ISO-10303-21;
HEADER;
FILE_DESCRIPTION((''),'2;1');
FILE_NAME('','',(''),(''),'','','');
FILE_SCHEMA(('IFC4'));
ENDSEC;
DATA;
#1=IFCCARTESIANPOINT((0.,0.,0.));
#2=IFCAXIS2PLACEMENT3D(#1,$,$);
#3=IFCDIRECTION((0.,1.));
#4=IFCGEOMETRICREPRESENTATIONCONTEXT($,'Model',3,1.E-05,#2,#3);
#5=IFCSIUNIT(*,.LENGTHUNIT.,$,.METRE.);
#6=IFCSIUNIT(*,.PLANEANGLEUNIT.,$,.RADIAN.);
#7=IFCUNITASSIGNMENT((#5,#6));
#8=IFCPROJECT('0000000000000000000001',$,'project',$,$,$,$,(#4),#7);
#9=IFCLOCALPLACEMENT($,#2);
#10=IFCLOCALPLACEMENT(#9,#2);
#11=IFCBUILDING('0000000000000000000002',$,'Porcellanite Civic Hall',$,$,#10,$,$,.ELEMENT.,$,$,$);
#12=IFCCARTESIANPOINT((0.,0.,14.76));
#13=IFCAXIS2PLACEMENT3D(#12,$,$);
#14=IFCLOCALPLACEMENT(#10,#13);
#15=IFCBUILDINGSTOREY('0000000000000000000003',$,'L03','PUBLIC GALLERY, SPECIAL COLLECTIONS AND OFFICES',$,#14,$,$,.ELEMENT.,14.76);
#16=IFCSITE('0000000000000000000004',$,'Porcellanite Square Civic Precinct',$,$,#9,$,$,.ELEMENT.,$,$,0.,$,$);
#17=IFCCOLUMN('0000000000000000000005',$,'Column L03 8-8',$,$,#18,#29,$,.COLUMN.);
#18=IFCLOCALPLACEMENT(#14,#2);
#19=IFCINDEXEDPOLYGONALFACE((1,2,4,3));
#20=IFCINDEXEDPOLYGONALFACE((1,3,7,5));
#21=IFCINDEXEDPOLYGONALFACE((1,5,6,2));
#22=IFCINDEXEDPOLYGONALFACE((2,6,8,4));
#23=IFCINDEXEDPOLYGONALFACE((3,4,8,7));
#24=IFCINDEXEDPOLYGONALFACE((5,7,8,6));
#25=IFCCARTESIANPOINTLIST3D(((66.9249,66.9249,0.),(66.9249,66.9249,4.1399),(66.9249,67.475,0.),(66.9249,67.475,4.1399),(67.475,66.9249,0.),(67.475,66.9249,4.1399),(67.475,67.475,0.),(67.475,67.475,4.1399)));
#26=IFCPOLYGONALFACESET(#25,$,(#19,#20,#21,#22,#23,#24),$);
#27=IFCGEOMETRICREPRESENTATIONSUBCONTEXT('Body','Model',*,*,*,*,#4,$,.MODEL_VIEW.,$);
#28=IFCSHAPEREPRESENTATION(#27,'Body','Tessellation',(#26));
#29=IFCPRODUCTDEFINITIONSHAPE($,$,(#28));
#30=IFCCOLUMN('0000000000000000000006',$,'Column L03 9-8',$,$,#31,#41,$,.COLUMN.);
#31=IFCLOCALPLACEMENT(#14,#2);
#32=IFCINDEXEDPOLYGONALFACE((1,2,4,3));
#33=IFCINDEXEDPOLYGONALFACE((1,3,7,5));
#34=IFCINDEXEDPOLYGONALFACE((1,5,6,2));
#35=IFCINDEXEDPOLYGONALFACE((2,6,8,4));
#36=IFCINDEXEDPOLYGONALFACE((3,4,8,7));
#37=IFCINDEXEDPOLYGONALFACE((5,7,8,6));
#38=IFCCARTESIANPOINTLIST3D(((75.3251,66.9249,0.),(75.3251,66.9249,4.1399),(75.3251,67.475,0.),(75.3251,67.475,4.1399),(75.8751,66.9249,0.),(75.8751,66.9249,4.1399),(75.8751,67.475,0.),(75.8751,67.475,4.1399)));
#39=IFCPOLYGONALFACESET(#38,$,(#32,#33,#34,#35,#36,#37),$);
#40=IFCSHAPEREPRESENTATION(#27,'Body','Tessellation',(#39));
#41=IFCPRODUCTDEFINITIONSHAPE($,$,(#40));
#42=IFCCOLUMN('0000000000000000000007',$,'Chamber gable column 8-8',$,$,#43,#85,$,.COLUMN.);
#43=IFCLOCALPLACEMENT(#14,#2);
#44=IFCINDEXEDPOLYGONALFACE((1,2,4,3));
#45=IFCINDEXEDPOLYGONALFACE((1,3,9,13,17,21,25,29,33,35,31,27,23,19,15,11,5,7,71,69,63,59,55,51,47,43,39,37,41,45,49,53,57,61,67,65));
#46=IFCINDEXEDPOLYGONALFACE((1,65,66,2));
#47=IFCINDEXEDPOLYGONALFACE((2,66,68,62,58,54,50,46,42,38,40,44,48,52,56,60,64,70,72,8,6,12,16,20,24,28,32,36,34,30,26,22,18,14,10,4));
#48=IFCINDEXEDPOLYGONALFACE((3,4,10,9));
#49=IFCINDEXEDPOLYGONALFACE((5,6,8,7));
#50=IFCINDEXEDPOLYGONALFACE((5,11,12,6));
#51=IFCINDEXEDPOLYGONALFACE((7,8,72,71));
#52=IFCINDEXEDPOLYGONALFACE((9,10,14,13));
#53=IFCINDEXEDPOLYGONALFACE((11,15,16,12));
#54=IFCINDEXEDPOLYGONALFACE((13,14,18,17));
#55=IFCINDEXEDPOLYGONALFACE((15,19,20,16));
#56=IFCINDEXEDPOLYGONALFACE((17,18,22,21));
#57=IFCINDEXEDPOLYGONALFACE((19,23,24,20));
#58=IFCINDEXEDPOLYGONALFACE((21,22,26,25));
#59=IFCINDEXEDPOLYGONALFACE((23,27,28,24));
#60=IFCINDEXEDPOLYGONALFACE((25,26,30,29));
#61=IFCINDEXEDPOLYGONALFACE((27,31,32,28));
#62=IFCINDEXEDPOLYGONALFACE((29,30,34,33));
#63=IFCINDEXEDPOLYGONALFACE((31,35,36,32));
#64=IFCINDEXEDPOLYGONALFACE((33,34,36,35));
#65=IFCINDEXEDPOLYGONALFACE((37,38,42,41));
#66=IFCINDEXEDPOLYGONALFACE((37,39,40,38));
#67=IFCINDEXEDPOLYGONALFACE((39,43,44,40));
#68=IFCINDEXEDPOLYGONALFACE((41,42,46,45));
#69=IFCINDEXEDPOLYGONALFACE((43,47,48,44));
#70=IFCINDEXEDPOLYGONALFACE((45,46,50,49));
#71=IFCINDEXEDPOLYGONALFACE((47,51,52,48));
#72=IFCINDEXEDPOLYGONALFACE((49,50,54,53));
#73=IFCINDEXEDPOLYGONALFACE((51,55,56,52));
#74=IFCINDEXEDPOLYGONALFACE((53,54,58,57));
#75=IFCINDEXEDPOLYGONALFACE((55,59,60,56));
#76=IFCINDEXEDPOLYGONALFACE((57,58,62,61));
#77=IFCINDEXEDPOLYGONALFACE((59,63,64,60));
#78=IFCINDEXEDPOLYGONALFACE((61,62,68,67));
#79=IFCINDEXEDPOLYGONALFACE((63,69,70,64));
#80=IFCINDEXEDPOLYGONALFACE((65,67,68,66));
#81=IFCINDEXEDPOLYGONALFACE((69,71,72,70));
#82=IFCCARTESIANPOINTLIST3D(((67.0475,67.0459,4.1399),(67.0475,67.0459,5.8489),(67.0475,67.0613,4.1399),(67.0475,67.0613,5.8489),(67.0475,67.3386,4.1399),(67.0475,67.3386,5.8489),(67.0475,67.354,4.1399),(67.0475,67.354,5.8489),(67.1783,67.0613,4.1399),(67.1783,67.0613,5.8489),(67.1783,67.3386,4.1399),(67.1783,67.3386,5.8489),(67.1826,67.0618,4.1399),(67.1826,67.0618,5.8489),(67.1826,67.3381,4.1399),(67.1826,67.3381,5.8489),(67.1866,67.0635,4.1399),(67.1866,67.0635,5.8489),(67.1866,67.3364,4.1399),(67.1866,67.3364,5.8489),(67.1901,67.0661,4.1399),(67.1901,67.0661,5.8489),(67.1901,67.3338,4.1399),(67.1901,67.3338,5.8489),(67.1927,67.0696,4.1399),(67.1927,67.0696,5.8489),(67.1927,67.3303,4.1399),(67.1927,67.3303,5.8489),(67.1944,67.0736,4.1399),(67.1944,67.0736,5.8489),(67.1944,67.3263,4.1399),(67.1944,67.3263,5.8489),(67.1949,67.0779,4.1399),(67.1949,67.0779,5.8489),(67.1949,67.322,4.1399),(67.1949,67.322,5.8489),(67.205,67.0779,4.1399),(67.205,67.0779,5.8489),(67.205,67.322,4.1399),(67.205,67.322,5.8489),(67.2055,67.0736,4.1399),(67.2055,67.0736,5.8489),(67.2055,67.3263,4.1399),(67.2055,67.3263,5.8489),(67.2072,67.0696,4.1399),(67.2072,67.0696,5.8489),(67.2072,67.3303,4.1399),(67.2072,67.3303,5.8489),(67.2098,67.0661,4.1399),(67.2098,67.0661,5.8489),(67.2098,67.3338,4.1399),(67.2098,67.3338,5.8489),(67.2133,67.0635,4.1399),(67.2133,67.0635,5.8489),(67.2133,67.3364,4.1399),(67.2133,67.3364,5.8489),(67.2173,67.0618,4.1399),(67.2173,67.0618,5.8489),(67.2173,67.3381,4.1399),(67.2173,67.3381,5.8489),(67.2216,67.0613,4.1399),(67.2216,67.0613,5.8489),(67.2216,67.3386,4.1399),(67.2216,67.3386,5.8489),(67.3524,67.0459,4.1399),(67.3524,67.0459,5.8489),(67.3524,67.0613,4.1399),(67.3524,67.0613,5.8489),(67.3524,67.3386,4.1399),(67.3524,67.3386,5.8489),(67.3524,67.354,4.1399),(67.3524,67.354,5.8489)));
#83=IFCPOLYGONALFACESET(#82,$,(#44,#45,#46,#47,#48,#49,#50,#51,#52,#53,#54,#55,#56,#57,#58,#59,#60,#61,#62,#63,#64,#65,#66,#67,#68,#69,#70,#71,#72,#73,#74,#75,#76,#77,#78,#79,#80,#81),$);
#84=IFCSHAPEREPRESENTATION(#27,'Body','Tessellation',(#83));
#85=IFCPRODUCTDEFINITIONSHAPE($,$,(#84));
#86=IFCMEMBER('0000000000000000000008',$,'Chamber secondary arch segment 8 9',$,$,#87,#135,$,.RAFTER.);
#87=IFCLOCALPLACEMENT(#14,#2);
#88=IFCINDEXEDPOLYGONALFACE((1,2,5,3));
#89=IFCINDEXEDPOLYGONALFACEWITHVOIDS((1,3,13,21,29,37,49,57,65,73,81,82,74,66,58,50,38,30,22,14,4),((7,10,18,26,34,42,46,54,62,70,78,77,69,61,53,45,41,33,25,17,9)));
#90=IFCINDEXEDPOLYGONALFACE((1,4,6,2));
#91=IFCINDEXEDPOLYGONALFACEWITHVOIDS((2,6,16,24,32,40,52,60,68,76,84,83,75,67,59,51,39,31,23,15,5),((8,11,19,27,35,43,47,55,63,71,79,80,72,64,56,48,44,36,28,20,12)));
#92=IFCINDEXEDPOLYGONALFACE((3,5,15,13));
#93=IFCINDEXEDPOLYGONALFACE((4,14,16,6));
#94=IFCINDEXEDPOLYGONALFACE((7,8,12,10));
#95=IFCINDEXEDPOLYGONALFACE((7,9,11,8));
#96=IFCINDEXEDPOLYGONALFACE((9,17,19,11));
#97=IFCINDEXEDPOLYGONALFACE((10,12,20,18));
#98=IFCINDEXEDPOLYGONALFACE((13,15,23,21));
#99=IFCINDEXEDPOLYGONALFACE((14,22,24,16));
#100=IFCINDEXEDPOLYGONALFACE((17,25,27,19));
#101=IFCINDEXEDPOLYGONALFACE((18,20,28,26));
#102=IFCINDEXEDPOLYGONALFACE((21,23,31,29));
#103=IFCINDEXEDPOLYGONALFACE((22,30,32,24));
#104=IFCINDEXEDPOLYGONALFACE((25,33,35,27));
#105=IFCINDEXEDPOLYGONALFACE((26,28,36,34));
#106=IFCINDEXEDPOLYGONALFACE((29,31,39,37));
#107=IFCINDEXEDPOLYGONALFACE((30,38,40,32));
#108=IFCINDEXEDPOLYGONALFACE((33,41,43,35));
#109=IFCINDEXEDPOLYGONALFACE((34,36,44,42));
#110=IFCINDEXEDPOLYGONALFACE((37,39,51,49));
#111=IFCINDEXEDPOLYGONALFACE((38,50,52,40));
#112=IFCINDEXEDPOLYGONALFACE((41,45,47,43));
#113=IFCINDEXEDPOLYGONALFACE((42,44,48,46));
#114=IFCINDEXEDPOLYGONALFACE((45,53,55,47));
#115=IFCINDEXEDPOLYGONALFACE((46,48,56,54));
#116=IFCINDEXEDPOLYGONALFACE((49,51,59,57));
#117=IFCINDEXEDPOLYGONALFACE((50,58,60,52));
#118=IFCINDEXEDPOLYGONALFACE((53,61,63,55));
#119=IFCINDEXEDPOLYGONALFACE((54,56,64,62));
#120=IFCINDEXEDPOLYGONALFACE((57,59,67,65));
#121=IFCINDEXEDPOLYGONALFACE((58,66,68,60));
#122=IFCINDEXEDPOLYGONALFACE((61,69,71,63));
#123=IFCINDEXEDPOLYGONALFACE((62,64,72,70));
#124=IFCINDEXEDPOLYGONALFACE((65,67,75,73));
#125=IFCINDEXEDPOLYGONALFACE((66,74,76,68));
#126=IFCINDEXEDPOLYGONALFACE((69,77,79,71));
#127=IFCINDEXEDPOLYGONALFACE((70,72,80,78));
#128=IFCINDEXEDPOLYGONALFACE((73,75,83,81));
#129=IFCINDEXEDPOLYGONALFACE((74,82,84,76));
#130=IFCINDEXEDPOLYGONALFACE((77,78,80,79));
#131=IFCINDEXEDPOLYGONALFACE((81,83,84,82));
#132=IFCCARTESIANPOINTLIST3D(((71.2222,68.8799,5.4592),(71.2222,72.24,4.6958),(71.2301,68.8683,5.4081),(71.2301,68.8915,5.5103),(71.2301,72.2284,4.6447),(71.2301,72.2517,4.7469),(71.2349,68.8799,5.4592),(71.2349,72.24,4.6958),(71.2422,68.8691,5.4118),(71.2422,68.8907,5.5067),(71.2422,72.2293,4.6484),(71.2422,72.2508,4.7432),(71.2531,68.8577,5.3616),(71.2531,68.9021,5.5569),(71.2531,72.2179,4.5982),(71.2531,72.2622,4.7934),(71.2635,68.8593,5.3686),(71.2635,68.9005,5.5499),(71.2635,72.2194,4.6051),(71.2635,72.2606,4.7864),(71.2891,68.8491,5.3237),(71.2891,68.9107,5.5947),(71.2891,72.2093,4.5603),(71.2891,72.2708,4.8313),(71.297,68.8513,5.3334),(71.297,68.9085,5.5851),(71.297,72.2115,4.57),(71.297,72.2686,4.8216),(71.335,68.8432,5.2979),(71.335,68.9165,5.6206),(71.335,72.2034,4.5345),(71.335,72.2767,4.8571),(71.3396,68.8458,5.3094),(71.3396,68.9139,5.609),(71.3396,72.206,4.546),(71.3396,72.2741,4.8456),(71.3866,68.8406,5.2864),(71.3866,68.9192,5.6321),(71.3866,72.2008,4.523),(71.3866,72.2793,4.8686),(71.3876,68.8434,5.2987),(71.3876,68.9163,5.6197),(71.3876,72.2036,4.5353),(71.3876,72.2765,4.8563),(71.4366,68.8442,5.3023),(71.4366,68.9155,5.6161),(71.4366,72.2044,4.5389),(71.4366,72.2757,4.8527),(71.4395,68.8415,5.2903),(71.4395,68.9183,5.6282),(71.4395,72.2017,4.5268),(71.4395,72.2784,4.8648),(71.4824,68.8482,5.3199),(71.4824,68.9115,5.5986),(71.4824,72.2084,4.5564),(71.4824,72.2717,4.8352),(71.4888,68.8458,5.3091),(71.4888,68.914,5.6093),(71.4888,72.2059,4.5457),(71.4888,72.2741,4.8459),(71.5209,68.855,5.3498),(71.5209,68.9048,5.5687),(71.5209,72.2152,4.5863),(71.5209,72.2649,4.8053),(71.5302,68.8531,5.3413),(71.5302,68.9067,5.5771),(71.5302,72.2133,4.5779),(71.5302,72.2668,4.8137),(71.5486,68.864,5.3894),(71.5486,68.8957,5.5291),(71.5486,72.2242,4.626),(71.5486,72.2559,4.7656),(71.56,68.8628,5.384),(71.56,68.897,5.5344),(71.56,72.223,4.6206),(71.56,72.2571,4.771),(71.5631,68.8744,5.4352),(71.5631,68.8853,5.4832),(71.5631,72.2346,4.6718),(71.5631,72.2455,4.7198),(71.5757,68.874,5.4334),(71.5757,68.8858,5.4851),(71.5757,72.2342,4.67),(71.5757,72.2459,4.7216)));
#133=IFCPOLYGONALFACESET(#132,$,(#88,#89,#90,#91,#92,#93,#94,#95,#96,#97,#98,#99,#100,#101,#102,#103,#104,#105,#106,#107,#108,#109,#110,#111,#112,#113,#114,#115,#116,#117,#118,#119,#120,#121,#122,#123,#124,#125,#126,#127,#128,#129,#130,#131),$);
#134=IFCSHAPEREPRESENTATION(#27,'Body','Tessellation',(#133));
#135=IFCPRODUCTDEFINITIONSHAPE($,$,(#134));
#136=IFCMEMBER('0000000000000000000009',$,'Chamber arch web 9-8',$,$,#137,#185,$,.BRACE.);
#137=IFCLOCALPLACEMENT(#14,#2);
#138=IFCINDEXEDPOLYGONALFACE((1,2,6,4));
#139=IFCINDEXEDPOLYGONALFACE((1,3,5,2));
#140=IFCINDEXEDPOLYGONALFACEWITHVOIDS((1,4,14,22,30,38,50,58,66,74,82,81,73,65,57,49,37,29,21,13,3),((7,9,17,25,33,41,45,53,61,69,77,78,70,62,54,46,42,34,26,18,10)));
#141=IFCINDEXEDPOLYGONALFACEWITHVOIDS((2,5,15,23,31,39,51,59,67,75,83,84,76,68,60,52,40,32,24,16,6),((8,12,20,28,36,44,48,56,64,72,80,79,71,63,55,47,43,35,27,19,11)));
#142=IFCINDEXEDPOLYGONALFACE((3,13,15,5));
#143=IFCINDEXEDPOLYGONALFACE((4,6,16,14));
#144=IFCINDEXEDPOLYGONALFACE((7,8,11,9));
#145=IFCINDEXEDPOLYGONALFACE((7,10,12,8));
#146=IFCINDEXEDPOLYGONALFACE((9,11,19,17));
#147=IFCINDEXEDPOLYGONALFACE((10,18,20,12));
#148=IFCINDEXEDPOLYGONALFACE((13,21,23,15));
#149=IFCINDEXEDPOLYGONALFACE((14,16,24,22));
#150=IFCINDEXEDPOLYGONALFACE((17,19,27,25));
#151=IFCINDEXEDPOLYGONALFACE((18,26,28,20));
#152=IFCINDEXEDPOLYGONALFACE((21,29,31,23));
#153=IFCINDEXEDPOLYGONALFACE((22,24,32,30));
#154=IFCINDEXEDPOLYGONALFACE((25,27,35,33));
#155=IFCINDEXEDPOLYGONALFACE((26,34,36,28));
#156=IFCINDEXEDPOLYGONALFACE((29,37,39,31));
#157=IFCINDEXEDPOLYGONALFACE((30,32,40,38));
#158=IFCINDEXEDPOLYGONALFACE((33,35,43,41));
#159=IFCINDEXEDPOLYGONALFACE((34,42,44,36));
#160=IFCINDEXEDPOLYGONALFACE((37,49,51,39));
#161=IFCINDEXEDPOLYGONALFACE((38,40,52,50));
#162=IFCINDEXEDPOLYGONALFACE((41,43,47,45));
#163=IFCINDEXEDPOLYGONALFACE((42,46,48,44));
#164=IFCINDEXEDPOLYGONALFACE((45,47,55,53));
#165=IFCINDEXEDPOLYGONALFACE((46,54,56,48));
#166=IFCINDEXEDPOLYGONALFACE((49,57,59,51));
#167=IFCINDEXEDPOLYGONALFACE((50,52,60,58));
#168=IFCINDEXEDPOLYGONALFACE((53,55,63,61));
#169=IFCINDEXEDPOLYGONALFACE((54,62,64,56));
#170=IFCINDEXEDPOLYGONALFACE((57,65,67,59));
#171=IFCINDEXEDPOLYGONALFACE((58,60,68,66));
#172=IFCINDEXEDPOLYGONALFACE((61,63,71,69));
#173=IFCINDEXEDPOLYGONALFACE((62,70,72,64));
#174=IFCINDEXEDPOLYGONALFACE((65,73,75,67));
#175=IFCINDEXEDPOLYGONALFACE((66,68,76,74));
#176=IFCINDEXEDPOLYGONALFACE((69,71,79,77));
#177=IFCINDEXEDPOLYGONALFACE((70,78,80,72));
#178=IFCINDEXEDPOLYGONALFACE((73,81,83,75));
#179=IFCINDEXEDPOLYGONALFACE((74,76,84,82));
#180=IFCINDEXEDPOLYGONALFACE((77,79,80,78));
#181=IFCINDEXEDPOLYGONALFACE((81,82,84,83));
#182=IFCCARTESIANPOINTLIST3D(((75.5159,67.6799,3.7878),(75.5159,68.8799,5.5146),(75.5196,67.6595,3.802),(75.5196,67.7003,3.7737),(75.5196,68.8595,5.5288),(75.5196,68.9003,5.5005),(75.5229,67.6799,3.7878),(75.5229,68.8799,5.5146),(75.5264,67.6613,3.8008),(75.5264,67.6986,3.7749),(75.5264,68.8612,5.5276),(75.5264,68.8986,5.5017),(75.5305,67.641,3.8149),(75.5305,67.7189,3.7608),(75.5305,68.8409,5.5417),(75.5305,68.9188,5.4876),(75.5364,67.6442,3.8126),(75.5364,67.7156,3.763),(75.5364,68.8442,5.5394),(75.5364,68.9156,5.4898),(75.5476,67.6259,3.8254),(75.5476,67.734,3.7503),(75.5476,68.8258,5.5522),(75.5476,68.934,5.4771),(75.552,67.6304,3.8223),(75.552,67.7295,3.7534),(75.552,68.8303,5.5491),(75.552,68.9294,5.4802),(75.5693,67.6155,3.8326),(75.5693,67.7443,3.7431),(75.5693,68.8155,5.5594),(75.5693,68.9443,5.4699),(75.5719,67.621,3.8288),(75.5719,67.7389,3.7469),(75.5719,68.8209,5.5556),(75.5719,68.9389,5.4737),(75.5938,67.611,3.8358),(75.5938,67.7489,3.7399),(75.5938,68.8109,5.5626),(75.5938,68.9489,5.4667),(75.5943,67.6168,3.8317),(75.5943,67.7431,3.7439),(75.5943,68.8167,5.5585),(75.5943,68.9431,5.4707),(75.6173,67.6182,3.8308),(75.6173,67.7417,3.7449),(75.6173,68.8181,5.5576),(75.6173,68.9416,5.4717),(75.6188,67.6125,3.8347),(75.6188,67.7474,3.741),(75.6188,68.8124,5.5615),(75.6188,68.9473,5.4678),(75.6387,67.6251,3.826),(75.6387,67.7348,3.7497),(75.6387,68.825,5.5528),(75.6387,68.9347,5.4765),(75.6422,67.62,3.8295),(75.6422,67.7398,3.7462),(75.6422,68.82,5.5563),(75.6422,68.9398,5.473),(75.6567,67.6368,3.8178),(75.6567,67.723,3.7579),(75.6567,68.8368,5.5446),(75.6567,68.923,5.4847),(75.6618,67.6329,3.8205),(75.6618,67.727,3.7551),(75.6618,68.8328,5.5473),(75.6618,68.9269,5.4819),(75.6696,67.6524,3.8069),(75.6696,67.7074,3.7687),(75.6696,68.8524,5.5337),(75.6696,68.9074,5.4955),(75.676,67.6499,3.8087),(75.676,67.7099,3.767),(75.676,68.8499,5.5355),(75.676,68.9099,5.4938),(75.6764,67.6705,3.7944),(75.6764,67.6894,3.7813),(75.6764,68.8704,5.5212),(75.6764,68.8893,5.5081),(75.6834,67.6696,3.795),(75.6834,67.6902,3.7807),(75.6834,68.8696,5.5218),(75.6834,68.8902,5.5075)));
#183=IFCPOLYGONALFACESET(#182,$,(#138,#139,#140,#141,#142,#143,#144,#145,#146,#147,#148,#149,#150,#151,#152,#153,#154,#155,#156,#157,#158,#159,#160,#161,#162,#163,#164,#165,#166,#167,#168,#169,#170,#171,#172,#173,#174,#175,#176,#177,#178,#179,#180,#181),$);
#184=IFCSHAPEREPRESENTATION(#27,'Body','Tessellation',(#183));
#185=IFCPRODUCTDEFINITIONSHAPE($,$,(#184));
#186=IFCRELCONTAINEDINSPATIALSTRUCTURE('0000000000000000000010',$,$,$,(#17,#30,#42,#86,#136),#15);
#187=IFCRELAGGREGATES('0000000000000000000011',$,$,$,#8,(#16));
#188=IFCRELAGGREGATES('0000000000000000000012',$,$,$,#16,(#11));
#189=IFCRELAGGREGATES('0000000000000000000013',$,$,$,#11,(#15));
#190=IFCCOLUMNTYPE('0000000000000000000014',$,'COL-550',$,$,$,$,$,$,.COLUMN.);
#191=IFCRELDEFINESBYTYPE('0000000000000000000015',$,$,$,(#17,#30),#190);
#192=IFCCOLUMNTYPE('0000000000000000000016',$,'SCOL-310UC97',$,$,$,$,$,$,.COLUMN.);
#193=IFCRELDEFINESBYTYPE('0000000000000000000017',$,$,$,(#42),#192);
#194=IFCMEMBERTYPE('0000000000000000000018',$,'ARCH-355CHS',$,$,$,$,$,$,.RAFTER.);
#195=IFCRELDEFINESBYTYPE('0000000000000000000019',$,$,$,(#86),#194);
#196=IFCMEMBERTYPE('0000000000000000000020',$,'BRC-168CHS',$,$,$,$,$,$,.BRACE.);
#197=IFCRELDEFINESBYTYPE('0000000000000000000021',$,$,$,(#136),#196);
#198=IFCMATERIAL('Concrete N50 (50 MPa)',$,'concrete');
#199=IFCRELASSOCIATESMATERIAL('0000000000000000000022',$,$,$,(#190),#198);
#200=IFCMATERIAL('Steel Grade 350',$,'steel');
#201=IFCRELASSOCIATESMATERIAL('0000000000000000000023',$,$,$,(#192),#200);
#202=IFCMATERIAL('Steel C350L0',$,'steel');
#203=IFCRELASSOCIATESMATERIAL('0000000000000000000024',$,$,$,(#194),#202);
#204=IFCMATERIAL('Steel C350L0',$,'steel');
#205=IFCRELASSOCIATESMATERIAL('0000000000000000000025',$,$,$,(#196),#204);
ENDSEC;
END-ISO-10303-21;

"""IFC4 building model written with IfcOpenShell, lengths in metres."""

from ifc_helpers import new_model, si_unit, direction, frame, origin, origin_2d, place, context, subcontext, project, spatial, rectangle, hollow_circle, i_section, extrude, material, material_profile, profile_set, type_object, element, save


model = new_model("IFC4")

# Units and contexts
model_context = context("Model", 3, precision=1e-05, world=origin(), true_north=direction((0.0, 1.0)))
body_context = subcontext(model_context, "Body", "Model", "MODEL_VIEW")
ifc_project = project(units=[si_unit("LENGTHUNIT", "METRE"), si_unit("PLANEANGLEUNIT", "RADIAN")], contexts=[model_context])

# Site, building, storey
site_placement = place(None, origin())
site = spatial("IfcSite", under=ifc_project, at=site_placement, Name="Porcellanite Square Civic Precinct", CompositionType="ELEMENT", RefElevation=0.0)
building_placement = place(site_placement, origin())
building = spatial("IfcBuilding", under=site, at=building_placement, Name="Porcellanite Civic Hall", CompositionType="ELEMENT")
storey_placement = place(building_placement, frame((0.0, 0.0, 14.76)))
storey = spatial("IfcBuildingStorey", under=building, at=storey_placement, Name="L03", Description="PUBLIC GALLERY, SPECIAL COLLECTIONS AND OFFICES", CompositionType="ELEMENT", Elevation=14.76)

# Columns
ifc_material_1 = material(Name="Concrete N50 (50 MPa)", Category="concrete")
ifc_material_profile_1 = material_profile(ifc_material_1, rectangle(XDim=0.55, YDim=0.55, at=origin_2d()), Name="RC-550x550")
ifc_profile_set_1 = profile_set([ifc_material_profile_1], Name="Concrete N50 (50 MPa)")
column_type_1 = type_object("IfcColumnType", Name="COL-550", PredefinedType="COLUMN", material=ifc_profile_set_1)
for number, where, z_axis, x_axis, name in (
    (1, (67.2, 67.2, 0.0), (0.0, 0.0, 1.0), (1.0, 0.0, 0.0), "Column L03 8-8"),
    (2, (75.6001, 67.2, 0.0), (0.0, 0.0, 1.0), (1.0, 0.0, 0.0), "Column L03 9-8"),
):
    element("IfcColumn", number, at=place(storey_placement, frame(where, z_axis=z_axis, x_axis=x_axis)), inside=storey, type_object=column_type_1, Name=name, PredefinedType="COLUMN", context=body_context, shape_type="SweptSolid", body=[
        extrude(rectangle(XDim=0.55, YDim=0.55, at=origin_2d()), origin(), (0.0, 0.0, 1.0), 4.1399),
    ])
ifc_material_2 = material(Name="Steel Grade 350", Category="steel")
ifc_material_profile_2 = material_profile(ifc_material_2, i_section(OverallWidth=0.3049, OverallDepth=0.3081, WebThickness=0.01, FlangeThickness=0.0154, FilletRadius=0.0166, at=origin_2d()), Name="310UC96.8")
ifc_profile_set_2 = profile_set([ifc_material_profile_2], Name="Steel Grade 350")
column_type_2 = type_object("IfcColumnType", Name="SCOL-310UC97", PredefinedType="COLUMN", material=ifc_profile_set_2)
column_placement = place(storey_placement, frame((67.2, 67.2, 4.1399), z_axis=(0.0, 0.0, 1.0), x_axis=(1.0, 0.0, 0.0)))
element("IfcColumn", 3, at=column_placement, inside=storey, type_object=column_type_2, Name="Chamber gable column 8-8", PredefinedType="COLUMN", context=body_context, shape_type="SweptSolid", body=[
    extrude(i_section(OverallWidth=0.3049, OverallDepth=0.3081, WebThickness=0.01, FlangeThickness=0.0154, FilletRadius=0.0166, at=origin_2d()), origin(), (0.0, 0.0, 1.0), 1.709),
])

# Members
ifc_material_3 = material(Name="Steel C350L0", Category="steel")
ifc_material_profile_3 = material_profile(ifc_material_3, hollow_circle(Radius=0.1777, WallThickness=0.0127, at=origin_2d()), Name="355.6x12.7CHS")
ifc_profile_set_3 = profile_set([ifc_material_profile_3], Name="Steel C350L0")
member_type_1 = type_object("IfcMemberType", Name="ARCH-355CHS", PredefinedType="RAFTER", material=ifc_profile_set_3)
member_1_placement = place(storey_placement, frame((71.3999, 68.8799, 5.4592), z_axis=(0.0, 0.975147, -0.221557), x_axis=(-1.0, 0.0, 0.0)))
element("IfcMember", 4, at=member_1_placement, inside=storey, type_object=member_type_1, Name="Chamber secondary arch segment 8 9", PredefinedType="RAFTER", context=body_context, shape_type="SweptSolid", body=[
    extrude(hollow_circle(Radius=0.1777, WallThickness=0.0127, at=origin_2d()), origin(), (0.0, 0.0, 1.0), 3.4458),
])
ifc_material_4 = material(Name="Steel C350L0", Category="steel")
ifc_material_profile_4 = material_profile(ifc_material_4, hollow_circle(Radius=0.0842, WallThickness=0.0071, at=origin_2d()), Name="168.3x7.1CHS")
ifc_profile_set_4 = profile_set([ifc_material_profile_4], Name="Steel C350L0")
member_type_2 = type_object("IfcMemberType", Name="BRC-168CHS", PredefinedType="BRACE", material=ifc_profile_set_4)
member_2_placement = place(storey_placement, frame((75.6001, 67.6799, 3.7878), z_axis=(0.0, 0.570646, 0.821196), x_axis=(-1.0, 0.0, 0.0)))
element("IfcMember", 5, at=member_2_placement, inside=storey, type_object=member_type_2, Name="Chamber arch web 9-8", PredefinedType="BRACE", context=body_context, shape_type="SweptSolid", body=[
    extrude(hollow_circle(Radius=0.0842, WallThickness=0.0071, at=origin_2d()), origin(), (0.0, 0.0, 1.0), 2.1028),
])

save(model, "model.ifc")
